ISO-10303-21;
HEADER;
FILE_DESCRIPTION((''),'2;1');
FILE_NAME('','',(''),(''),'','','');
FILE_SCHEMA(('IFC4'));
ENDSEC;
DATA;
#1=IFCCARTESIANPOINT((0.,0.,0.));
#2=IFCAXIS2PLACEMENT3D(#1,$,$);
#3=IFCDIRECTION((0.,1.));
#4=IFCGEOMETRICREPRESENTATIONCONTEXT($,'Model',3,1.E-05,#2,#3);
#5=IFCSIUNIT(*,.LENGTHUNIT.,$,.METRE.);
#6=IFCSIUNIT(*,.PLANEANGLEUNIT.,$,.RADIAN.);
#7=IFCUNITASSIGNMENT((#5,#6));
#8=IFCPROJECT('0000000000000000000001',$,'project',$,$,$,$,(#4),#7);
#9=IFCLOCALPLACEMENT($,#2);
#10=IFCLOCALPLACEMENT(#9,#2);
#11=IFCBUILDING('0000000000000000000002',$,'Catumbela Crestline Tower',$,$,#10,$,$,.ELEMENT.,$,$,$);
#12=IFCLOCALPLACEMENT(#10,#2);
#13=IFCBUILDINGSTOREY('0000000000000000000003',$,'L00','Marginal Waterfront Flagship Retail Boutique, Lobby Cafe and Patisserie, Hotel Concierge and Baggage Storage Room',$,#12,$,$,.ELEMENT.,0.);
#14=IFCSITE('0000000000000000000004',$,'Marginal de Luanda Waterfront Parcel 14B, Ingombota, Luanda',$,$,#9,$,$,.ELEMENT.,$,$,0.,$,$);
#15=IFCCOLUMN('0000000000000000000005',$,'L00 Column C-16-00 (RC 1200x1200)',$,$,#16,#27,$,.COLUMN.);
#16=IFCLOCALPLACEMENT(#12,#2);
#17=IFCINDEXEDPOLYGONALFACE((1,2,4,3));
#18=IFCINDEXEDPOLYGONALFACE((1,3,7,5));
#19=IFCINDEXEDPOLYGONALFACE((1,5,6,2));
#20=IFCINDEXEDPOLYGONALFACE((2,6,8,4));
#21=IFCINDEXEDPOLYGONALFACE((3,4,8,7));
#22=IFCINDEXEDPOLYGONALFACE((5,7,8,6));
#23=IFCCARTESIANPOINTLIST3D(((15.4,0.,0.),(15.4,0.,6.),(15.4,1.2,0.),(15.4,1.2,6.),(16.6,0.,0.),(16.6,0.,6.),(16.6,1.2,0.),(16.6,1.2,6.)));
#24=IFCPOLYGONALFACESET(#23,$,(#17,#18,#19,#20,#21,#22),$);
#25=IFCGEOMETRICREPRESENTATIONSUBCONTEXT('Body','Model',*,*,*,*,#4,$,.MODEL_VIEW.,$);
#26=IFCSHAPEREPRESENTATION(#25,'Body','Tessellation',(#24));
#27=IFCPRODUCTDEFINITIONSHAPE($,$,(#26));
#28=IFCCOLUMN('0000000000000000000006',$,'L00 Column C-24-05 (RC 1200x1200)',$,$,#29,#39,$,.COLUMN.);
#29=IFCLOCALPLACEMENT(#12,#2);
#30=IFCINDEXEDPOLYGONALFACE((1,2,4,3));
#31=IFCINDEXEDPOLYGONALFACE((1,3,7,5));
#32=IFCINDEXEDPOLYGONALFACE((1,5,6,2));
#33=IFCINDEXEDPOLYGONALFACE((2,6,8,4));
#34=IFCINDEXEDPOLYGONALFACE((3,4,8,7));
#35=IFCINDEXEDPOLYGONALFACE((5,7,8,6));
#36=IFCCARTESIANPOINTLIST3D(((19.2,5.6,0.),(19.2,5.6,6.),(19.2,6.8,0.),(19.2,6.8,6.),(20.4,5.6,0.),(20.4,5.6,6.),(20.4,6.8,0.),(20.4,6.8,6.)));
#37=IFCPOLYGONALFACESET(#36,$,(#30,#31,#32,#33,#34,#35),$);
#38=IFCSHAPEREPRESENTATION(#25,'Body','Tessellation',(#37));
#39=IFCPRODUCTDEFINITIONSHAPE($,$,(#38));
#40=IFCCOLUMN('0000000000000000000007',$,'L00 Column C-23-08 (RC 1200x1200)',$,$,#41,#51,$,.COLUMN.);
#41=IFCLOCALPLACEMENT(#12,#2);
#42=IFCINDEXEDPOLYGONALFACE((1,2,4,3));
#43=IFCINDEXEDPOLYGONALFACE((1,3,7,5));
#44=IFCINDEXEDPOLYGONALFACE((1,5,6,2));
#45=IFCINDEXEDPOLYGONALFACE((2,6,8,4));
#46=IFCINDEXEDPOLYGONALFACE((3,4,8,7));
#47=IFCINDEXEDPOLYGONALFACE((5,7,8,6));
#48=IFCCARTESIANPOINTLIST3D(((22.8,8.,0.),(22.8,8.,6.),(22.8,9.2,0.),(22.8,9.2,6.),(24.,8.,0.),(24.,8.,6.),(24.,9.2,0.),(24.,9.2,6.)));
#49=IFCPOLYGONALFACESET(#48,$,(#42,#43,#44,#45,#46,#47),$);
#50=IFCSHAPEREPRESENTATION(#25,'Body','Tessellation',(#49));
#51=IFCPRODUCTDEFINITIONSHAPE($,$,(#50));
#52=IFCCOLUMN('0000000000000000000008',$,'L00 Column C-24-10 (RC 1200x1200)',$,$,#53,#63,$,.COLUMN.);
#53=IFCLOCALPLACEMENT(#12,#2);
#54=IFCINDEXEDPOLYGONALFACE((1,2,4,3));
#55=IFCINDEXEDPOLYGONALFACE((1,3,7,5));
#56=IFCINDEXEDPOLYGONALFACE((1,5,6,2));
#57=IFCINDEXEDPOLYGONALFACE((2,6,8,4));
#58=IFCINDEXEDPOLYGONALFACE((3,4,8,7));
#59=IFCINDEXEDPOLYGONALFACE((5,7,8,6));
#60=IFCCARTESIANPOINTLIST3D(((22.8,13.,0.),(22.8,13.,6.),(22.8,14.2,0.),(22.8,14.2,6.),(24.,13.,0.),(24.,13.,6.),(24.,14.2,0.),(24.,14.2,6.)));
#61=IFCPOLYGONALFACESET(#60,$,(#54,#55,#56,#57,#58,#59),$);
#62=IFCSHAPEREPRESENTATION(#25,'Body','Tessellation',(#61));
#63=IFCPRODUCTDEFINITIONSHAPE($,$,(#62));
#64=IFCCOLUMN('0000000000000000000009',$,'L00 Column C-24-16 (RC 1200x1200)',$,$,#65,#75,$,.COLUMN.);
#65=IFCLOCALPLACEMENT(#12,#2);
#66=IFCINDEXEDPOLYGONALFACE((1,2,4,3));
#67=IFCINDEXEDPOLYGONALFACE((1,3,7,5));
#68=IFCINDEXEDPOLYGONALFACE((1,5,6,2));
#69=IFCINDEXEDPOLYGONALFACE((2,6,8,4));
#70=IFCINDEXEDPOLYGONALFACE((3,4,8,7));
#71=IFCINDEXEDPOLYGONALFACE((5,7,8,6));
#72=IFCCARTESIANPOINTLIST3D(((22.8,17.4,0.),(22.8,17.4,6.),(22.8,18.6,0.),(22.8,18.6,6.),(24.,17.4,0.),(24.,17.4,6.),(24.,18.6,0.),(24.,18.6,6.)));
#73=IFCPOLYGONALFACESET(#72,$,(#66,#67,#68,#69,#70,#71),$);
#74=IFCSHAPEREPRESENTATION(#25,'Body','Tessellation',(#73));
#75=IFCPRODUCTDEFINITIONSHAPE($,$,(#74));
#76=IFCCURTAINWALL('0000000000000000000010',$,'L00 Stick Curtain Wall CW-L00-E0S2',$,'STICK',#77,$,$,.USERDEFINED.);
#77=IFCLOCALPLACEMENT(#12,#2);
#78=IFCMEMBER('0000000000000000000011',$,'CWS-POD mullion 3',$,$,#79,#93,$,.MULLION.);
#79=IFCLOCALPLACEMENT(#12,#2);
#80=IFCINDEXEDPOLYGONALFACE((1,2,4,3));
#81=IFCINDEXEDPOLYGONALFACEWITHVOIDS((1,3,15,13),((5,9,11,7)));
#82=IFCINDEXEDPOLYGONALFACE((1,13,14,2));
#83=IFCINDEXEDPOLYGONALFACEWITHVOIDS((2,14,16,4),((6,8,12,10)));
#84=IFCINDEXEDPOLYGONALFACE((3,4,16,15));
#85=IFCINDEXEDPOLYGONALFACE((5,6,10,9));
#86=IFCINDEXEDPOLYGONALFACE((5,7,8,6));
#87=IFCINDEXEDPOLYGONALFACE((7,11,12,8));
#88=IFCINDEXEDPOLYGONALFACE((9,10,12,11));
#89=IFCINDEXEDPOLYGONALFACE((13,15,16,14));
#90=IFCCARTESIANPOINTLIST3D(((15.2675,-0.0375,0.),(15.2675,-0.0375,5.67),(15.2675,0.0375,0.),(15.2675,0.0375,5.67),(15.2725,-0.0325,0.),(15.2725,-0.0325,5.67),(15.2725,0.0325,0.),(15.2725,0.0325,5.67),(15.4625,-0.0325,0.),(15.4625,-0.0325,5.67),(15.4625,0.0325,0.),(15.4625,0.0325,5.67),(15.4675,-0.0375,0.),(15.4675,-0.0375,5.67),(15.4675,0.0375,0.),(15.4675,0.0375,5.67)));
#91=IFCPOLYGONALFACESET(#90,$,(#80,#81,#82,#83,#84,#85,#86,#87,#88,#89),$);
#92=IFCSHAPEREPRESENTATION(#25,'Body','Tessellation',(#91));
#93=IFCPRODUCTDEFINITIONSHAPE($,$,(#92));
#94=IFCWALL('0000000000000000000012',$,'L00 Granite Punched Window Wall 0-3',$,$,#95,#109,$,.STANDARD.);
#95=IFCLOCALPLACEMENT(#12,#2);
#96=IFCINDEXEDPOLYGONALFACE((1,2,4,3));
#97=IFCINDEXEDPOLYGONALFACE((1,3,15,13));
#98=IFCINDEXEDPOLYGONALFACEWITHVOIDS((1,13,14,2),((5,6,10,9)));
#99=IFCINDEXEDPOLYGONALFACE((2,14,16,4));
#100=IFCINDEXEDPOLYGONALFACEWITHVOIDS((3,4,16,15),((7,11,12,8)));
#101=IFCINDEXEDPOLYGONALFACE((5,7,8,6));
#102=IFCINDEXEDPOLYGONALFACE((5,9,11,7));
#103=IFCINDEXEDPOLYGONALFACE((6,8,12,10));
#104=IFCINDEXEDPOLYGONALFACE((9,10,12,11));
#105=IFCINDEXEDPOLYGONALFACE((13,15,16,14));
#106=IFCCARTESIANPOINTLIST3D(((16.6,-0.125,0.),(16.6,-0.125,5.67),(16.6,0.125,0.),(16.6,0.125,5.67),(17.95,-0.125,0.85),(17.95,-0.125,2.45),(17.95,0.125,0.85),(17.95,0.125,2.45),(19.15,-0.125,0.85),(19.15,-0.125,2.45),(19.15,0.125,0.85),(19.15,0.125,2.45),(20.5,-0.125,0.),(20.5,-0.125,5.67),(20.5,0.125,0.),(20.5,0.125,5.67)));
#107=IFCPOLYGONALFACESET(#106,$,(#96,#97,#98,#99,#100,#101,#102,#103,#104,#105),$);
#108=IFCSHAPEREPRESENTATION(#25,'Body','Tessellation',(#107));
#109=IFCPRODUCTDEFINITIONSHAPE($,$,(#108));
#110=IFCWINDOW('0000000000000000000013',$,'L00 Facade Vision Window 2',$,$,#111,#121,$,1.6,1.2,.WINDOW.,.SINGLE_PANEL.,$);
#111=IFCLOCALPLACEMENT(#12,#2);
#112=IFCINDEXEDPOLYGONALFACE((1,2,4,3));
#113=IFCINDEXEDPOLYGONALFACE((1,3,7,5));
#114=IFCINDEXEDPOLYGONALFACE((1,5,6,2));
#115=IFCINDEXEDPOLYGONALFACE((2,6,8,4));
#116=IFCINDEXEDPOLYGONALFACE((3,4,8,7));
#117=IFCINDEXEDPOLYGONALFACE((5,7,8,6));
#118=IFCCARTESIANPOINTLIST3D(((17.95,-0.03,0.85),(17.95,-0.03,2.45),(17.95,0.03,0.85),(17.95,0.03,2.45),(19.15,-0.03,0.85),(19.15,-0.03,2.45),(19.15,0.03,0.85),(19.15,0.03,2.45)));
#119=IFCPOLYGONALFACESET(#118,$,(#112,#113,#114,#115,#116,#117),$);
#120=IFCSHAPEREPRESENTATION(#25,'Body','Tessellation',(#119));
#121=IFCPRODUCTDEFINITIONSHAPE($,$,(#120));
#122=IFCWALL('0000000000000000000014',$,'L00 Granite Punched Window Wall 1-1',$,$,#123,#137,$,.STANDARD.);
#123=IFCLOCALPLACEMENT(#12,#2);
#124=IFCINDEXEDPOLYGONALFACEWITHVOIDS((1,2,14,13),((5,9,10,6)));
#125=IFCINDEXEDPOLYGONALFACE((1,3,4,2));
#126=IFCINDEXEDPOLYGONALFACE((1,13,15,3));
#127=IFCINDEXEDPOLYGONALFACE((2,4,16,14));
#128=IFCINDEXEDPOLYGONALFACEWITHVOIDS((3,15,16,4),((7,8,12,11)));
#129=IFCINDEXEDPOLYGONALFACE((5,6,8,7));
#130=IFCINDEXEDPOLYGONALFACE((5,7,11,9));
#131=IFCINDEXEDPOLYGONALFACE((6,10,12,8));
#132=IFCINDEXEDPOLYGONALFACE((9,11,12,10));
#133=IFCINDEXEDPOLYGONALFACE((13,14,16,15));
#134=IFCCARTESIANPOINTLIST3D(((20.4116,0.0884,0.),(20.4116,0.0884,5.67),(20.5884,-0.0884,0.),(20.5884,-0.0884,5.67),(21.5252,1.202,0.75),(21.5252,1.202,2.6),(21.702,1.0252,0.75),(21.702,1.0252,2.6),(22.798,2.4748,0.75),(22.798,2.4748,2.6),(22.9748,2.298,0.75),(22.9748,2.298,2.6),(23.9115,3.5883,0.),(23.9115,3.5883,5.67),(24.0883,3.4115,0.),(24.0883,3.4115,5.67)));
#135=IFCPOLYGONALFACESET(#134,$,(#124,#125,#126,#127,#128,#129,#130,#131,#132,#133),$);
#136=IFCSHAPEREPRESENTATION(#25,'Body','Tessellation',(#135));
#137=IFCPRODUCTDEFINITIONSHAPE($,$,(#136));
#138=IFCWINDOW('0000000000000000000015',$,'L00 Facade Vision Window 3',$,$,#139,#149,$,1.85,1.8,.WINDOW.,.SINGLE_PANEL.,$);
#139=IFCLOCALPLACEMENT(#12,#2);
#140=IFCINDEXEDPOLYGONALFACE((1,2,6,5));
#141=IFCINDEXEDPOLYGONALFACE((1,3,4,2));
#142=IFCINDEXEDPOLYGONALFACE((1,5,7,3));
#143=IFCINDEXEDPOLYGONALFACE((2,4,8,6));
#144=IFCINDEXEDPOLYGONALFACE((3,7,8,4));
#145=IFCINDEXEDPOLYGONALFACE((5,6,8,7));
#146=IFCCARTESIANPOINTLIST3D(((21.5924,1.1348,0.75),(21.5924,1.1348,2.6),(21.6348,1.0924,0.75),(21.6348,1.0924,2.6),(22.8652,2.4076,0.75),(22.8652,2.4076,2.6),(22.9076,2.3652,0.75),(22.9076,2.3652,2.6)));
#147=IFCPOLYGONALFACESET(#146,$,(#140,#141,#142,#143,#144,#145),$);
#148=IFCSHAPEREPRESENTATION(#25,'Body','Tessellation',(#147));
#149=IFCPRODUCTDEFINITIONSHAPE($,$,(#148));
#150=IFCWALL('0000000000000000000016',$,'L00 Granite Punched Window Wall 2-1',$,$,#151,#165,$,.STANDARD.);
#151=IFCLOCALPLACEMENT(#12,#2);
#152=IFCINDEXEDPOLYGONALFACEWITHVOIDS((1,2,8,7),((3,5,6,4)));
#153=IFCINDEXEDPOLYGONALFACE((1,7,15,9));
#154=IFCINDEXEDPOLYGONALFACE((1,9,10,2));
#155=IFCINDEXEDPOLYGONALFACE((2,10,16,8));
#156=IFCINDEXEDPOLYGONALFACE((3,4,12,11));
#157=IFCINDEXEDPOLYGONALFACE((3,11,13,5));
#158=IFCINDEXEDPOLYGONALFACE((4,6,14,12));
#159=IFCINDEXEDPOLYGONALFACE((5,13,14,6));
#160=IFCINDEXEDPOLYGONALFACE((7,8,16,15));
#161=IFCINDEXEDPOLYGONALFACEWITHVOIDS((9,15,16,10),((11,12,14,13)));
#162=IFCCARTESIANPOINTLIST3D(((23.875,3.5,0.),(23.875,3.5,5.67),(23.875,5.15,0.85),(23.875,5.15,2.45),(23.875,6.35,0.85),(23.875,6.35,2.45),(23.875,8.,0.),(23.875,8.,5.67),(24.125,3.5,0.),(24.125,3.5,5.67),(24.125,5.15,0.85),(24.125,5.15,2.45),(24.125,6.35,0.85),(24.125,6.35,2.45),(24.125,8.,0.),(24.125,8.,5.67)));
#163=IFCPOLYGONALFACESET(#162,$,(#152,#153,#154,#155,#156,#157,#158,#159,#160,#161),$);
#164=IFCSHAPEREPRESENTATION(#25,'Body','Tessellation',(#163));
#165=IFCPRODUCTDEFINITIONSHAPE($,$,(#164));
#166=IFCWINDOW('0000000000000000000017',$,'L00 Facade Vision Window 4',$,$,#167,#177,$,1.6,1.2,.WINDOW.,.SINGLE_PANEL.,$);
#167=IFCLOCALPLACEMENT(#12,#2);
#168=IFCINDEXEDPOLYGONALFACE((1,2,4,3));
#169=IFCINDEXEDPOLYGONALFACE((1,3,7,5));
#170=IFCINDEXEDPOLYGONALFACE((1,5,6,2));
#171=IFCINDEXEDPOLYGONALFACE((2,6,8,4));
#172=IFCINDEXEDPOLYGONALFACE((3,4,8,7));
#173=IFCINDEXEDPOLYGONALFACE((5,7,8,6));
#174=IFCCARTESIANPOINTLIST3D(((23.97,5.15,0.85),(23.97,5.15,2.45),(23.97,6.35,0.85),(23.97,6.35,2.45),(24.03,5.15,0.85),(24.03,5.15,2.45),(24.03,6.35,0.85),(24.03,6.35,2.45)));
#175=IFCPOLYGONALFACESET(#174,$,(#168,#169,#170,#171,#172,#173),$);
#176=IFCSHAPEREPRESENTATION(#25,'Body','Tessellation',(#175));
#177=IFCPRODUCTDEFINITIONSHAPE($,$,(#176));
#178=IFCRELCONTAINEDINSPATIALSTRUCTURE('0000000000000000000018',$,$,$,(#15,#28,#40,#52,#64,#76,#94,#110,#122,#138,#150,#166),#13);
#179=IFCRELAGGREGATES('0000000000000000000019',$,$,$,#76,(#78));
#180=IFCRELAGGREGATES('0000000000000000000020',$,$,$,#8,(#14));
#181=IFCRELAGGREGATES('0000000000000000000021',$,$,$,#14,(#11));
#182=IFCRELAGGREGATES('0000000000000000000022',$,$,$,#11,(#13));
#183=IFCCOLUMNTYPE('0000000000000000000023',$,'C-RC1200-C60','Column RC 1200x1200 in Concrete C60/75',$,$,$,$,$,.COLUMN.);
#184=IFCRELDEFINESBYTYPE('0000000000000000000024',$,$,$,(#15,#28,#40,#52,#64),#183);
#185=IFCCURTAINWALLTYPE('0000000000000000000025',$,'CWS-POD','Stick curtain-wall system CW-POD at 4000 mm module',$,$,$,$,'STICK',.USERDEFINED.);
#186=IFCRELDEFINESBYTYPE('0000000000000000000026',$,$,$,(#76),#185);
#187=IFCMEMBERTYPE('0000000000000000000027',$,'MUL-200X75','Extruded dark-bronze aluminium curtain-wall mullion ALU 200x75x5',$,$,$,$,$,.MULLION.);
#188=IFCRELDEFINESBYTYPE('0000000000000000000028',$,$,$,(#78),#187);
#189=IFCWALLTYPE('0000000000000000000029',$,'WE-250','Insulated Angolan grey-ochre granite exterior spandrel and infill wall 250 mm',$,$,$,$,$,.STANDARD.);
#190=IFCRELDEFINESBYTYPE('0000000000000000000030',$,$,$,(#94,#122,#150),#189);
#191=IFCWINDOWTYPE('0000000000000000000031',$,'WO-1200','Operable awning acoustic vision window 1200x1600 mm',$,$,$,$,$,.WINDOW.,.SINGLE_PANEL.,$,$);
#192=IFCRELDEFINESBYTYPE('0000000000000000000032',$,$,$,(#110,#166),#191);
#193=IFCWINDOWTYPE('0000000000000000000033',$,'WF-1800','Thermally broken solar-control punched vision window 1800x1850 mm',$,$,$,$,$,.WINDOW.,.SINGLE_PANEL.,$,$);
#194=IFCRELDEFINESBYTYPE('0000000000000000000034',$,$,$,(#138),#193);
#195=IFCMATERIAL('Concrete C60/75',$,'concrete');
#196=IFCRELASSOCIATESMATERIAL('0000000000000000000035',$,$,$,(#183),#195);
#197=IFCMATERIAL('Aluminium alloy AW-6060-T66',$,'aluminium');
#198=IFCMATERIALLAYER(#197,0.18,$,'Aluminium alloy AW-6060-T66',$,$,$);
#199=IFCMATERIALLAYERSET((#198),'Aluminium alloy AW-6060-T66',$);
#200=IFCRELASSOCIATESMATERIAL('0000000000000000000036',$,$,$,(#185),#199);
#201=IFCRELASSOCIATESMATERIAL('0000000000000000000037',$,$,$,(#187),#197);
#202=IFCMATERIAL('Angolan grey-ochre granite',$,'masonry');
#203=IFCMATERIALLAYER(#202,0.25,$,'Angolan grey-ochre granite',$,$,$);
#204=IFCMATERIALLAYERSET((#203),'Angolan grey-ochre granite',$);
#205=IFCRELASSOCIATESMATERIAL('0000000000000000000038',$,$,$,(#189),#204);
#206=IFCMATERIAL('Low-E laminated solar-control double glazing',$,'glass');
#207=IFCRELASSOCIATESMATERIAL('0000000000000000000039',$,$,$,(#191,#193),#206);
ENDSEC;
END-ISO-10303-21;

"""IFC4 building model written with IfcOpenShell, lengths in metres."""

from ifc_helpers import new_model, si_unit, direction, frame, frame_2d, origin, origin_2d, place, context, subcontext, project, spatial, rectangle, hollow_rectangle, extrude, material, layer, layer_set, material_profile, profile_set, type_object, element, fill, aggregate, save


model = new_model("IFC4")

# Units and contexts
model_context = context("Model", 3, precision=1e-05, world=origin(), true_north=direction((0.0, 1.0)))
body_context = subcontext(model_context, "Body", "Model", "MODEL_VIEW")
ifc_project = project(units=[si_unit("LENGTHUNIT", "METRE"), si_unit("PLANEANGLEUNIT", "RADIAN")], contexts=[model_context])

# Site, building, storey
site_placement = place(None, origin())
site = spatial("IfcSite", under=ifc_project, at=site_placement, Name="Marginal de Luanda Waterfront Parcel 14B, Ingombota, Luanda", CompositionType="ELEMENT", RefElevation=0.0)
building_placement = place(site_placement, origin())
building = spatial("IfcBuilding", under=site, at=building_placement, Name="Catumbela Crestline Tower", CompositionType="ELEMENT")
storey_placement = place(building_placement, origin())
storey = spatial("IfcBuildingStorey", under=building, at=storey_placement, Name="L00", Description="Marginal Waterfront Flagship Retail Boutique, Lobby Cafe and Patisserie, Hotel Concierge and Baggage Storage Room", CompositionType="ELEMENT", Elevation=0.0)

# Columns
ifc_material_1 = material(Name="Concrete C60/75", Category="concrete")
ifc_material_profile_1 = material_profile(ifc_material_1, rectangle(XDim=1.2, YDim=1.2, at=origin_2d()), Name="RC 1200x1200")
ifc_profile_set_1 = profile_set([ifc_material_profile_1], Name="Concrete C60/75")
column_type = type_object("IfcColumnType", Name="C-RC1200-C60", Description="Column RC 1200x1200 in Concrete C60/75", PredefinedType="COLUMN", material=ifc_profile_set_1)
for number, where, z_axis, x_axis, name in (
    (1, (16.0, 0.6, 0.0), (0.0, 0.0, 1.0), (1.0, 0.0, 0.0), "L00 Column C-16-00 (RC 1200x1200)"),
    (2, (19.8, 6.2, 0.0), (0.0, 0.0, 1.0), (1.0, 0.0, 0.0), "L00 Column C-24-05 (RC 1200x1200)"),
    (3, (23.4, 8.6, 0.0), (0.0, 0.0, 1.0), (1.0, 0.0, 0.0), "L00 Column C-23-08 (RC 1200x1200)"),
    (4, (23.4, 13.6, 0.0), (0.0, 0.0, 1.0), (1.0, 0.0, 0.0), "L00 Column C-24-10 (RC 1200x1200)"),
    (5, (23.4, 18.0, 0.0), (0.0, 0.0, 1.0), (1.0, 0.0, 0.0), "L00 Column C-24-16 (RC 1200x1200)"),
):
    element("IfcColumn", number, at=place(storey_placement, frame(where, z_axis=z_axis, x_axis=x_axis)), inside=storey, type_object=column_type, Name=name, PredefinedType="COLUMN", context=body_context, shape_type="SweptSolid", body=[
        extrude(rectangle(XDim=1.2, YDim=1.2, at=origin_2d()), origin(), (0.0, 0.0, 1.0), 6.0),
    ])

# Curtain wall, member
ifc_material_2 = material(Name="Aluminium alloy AW-6060-T66", Category="aluminium")
ifc_layer_1 = layer(ifc_material_2, 0.18, Name="Aluminium alloy AW-6060-T66")
ifc_layer_set_1 = layer_set([ifc_layer_1], Name="Aluminium alloy AW-6060-T66")
curtain_wall_type = type_object("IfcCurtainWallType", Name="CWS-POD", Description="Stick curtain-wall system CW-POD at 4000 mm module", ElementType="STICK", PredefinedType="USERDEFINED", material=ifc_layer_set_1)
curtain_wall_placement = place(storey_placement, origin())
curtain_wall = element("IfcCurtainWall", 6, at=curtain_wall_placement, inside=storey, type_object=curtain_wall_type, Name="L00 Stick Curtain Wall CW-L00-E0S2", ObjectType="STICK", PredefinedType="USERDEFINED")
ifc_material_profile_2 = material_profile(ifc_material_2, hollow_rectangle(XDim=0.075, YDim=0.2, WallThickness=0.005, at=origin_2d()), Name="ALU 200x75x5")
ifc_profile_set_2 = profile_set([ifc_material_profile_2], Name="Aluminium alloy AW-6060-T66")
member_type = type_object("IfcMemberType", Name="MUL-200X75", Description="Extruded dark-bronze aluminium curtain-wall mullion ALU 200x75x5", PredefinedType="MULLION", material=ifc_profile_set_2)
member_placement = place(storey_placement, frame((15.3675, 0.0, 0.0), z_axis=(0.0, 0.0, 1.0), x_axis=(0.0, 1.0, 0.0)))
member = element("IfcMember", 7, at=member_placement, type_object=member_type, Name="CWS-POD mullion 3", PredefinedType="MULLION", context=body_context, shape_type="SweptSolid", body=[
    extrude(hollow_rectangle(XDim=0.075, YDim=0.2, WallThickness=0.005, at=origin_2d()), origin(), (0.0, 0.0, 1.0), 5.67),
])
aggregate(curtain_wall, [member])

# Walls, openings, windows
ifc_material_3 = material(Name="Angolan grey-ochre granite", Category="masonry")
ifc_layer_2 = layer(ifc_material_3, 0.25, Name="Angolan grey-ochre granite")
ifc_layer_set_2 = layer_set([ifc_layer_2], Name="Angolan grey-ochre granite")
wall_type = type_object("IfcWallType", Name="WE-250", Description="Insulated Angolan grey-ochre granite exterior spandrel and infill wall 250 mm", PredefinedType="STANDARD", material=ifc_layer_set_2)
wall_1_placement = place(storey_placement, frame((16.6, 0.0, 0.0), z_axis=(0.0, 0.0, 1.0), x_axis=(1.0, 0.0, 0.0)))
wall_1 = element("IfcWall", 8, at=wall_1_placement, inside=storey, type_object=wall_type, Name="L00 Granite Punched Window Wall 0-3", PredefinedType="STANDARD", context=body_context, shape_type="SweptSolid", body=[
    extrude(rectangle(XDim=3.9, YDim=0.25, at=frame_2d((1.95, 0.0))), origin(), (0.0, 0.0, 1.0), 5.67),
])
opening_1_placement = place(wall_1_placement, frame((1.35, 0.0, 0.85)))
opening_1 = element("IfcOpeningElement", 9, at=opening_1_placement, cuts=wall_1, PredefinedType="OPENING", context=body_context, shape_type="SweptSolid", body=[
    extrude(rectangle(XDim=1.2, YDim=1.6, at=frame_2d((0.6, 0.8))), frame((0.0, 0.135, 0.0), z_axis=(0.0, -1.0, 0.0), x_axis=(1.0, 0.0, 0.0)), (0.0, 0.0, 1.0), 0.27),
])
ifc_material_4 = material(Name="Low-E laminated solar-control double glazing", Category="glass")
window_type_1 = type_object("IfcWindowType", Name="WO-1200", Description="Operable awning acoustic vision window 1200x1600 mm", PartitioningType="SINGLE_PANEL", PredefinedType="WINDOW", material=ifc_material_4)
window_1_placement = place(opening_1_placement, origin())
window_1 = element("IfcWindow", 10, at=window_1_placement, inside=storey, type_object=window_type_1, Name="L00 Facade Vision Window 2", OverallHeight=1.6, OverallWidth=1.2, PartitioningType="SINGLE_PANEL", PredefinedType="WINDOW", context=body_context, shape_type="SweptSolid", body=[
    extrude(rectangle(XDim=1.2, YDim=1.6, at=frame_2d((0.6, 0.8))), frame((0.0, 0.03, 0.0), z_axis=(0.0, -1.0, 0.0), x_axis=(1.0, 0.0, 0.0)), (0.0, 0.0, 1.0), 0.06),
])
fill(opening_1, window_1)
wall_2_placement = place(storey_placement, frame((20.5, 0.0, 0.0), z_axis=(0.0, 0.0, 1.0), x_axis=(0.707107, 0.707107, 0.0)))
wall_2 = element("IfcWall", 11, at=wall_2_placement, inside=storey, type_object=wall_type, Name="L00 Granite Punched Window Wall 1-1", PredefinedType="STANDARD", context=body_context, shape_type="SweptSolid", body=[
    extrude(rectangle(XDim=4.9497, YDim=0.25, at=frame_2d((2.4748, 0.0))), origin(), (0.0, 0.0, 1.0), 5.67),
])
opening_2_placement = place(wall_2_placement, frame((1.5749, 0.0, 0.75)))
opening_2 = element("IfcOpeningElement", 12, at=opening_2_placement, cuts=wall_2, PredefinedType="OPENING", context=body_context, shape_type="SweptSolid", body=[
    extrude(rectangle(XDim=1.8, YDim=1.85, at=frame_2d((0.9, 0.925))), frame((0.0, 0.135, 0.0), z_axis=(0.0, -1.0, 0.0), x_axis=(1.0, 0.0, 0.0)), (0.0, 0.0, 1.0), 0.27),
])
window_type_2 = type_object("IfcWindowType", Name="WF-1800", Description="Thermally broken solar-control punched vision window 1800x1850 mm", PartitioningType="SINGLE_PANEL", PredefinedType="WINDOW", material=ifc_material_4)
window_2_placement = place(opening_2_placement, origin())
window_2 = element("IfcWindow", 13, at=window_2_placement, inside=storey, type_object=window_type_2, Name="L00 Facade Vision Window 3", OverallHeight=1.85, OverallWidth=1.8, PartitioningType="SINGLE_PANEL", PredefinedType="WINDOW", context=body_context, shape_type="SweptSolid", body=[
    extrude(rectangle(XDim=1.8, YDim=1.85, at=frame_2d((0.9, 0.925))), frame((0.0, 0.03, 0.0), z_axis=(0.0, -1.0, 0.0), x_axis=(1.0, 0.0, 0.0)), (0.0, 0.0, 1.0), 0.06),
])
fill(opening_2, window_2)
wall_3_placement = place(storey_placement, frame((24.0, 3.5, 0.0), z_axis=(0.0, 0.0, 1.0), x_axis=(0.0, 1.0, 0.0)))
wall_3 = element("IfcWall", 14, at=wall_3_placement, inside=storey, type_object=wall_type, Name="L00 Granite Punched Window Wall 2-1", PredefinedType="STANDARD", context=body_context, shape_type="SweptSolid", body=[
    extrude(rectangle(XDim=4.5, YDim=0.25, at=frame_2d((2.25, 0.0))), origin(), (0.0, 0.0, 1.0), 5.67),
])
opening_3_placement = place(wall_3_placement, frame((1.65, 0.0, 0.85)))
opening_3 = element("IfcOpeningElement", 15, at=opening_3_placement, cuts=wall_3, PredefinedType="OPENING", context=body_context, shape_type="SweptSolid", body=[
    extrude(rectangle(XDim=1.2, YDim=1.6, at=frame_2d((0.6, 0.8))), frame((0.0, 0.135, 0.0), z_axis=(0.0, -1.0, 0.0), x_axis=(1.0, 0.0, 0.0)), (0.0, 0.0, 1.0), 0.27),
])
window_3_placement = place(opening_3_placement, origin())
window_3 = element("IfcWindow", 16, at=window_3_placement, inside=storey, type_object=window_type_1, Name="L00 Facade Vision Window 4", OverallHeight=1.6, OverallWidth=1.2, PartitioningType="SINGLE_PANEL", PredefinedType="WINDOW", context=body_context, shape_type="SweptSolid", body=[
    extrude(rectangle(XDim=1.2, YDim=1.6, at=frame_2d((0.6, 0.8))), frame((0.0, 0.03, 0.0), z_axis=(0.0, -1.0, 0.0), x_axis=(1.0, 0.0, 0.0)), (0.0, 0.0, 1.0), 0.06),
])
fill(opening_3, window_3)

save(model, "model.ifc")
